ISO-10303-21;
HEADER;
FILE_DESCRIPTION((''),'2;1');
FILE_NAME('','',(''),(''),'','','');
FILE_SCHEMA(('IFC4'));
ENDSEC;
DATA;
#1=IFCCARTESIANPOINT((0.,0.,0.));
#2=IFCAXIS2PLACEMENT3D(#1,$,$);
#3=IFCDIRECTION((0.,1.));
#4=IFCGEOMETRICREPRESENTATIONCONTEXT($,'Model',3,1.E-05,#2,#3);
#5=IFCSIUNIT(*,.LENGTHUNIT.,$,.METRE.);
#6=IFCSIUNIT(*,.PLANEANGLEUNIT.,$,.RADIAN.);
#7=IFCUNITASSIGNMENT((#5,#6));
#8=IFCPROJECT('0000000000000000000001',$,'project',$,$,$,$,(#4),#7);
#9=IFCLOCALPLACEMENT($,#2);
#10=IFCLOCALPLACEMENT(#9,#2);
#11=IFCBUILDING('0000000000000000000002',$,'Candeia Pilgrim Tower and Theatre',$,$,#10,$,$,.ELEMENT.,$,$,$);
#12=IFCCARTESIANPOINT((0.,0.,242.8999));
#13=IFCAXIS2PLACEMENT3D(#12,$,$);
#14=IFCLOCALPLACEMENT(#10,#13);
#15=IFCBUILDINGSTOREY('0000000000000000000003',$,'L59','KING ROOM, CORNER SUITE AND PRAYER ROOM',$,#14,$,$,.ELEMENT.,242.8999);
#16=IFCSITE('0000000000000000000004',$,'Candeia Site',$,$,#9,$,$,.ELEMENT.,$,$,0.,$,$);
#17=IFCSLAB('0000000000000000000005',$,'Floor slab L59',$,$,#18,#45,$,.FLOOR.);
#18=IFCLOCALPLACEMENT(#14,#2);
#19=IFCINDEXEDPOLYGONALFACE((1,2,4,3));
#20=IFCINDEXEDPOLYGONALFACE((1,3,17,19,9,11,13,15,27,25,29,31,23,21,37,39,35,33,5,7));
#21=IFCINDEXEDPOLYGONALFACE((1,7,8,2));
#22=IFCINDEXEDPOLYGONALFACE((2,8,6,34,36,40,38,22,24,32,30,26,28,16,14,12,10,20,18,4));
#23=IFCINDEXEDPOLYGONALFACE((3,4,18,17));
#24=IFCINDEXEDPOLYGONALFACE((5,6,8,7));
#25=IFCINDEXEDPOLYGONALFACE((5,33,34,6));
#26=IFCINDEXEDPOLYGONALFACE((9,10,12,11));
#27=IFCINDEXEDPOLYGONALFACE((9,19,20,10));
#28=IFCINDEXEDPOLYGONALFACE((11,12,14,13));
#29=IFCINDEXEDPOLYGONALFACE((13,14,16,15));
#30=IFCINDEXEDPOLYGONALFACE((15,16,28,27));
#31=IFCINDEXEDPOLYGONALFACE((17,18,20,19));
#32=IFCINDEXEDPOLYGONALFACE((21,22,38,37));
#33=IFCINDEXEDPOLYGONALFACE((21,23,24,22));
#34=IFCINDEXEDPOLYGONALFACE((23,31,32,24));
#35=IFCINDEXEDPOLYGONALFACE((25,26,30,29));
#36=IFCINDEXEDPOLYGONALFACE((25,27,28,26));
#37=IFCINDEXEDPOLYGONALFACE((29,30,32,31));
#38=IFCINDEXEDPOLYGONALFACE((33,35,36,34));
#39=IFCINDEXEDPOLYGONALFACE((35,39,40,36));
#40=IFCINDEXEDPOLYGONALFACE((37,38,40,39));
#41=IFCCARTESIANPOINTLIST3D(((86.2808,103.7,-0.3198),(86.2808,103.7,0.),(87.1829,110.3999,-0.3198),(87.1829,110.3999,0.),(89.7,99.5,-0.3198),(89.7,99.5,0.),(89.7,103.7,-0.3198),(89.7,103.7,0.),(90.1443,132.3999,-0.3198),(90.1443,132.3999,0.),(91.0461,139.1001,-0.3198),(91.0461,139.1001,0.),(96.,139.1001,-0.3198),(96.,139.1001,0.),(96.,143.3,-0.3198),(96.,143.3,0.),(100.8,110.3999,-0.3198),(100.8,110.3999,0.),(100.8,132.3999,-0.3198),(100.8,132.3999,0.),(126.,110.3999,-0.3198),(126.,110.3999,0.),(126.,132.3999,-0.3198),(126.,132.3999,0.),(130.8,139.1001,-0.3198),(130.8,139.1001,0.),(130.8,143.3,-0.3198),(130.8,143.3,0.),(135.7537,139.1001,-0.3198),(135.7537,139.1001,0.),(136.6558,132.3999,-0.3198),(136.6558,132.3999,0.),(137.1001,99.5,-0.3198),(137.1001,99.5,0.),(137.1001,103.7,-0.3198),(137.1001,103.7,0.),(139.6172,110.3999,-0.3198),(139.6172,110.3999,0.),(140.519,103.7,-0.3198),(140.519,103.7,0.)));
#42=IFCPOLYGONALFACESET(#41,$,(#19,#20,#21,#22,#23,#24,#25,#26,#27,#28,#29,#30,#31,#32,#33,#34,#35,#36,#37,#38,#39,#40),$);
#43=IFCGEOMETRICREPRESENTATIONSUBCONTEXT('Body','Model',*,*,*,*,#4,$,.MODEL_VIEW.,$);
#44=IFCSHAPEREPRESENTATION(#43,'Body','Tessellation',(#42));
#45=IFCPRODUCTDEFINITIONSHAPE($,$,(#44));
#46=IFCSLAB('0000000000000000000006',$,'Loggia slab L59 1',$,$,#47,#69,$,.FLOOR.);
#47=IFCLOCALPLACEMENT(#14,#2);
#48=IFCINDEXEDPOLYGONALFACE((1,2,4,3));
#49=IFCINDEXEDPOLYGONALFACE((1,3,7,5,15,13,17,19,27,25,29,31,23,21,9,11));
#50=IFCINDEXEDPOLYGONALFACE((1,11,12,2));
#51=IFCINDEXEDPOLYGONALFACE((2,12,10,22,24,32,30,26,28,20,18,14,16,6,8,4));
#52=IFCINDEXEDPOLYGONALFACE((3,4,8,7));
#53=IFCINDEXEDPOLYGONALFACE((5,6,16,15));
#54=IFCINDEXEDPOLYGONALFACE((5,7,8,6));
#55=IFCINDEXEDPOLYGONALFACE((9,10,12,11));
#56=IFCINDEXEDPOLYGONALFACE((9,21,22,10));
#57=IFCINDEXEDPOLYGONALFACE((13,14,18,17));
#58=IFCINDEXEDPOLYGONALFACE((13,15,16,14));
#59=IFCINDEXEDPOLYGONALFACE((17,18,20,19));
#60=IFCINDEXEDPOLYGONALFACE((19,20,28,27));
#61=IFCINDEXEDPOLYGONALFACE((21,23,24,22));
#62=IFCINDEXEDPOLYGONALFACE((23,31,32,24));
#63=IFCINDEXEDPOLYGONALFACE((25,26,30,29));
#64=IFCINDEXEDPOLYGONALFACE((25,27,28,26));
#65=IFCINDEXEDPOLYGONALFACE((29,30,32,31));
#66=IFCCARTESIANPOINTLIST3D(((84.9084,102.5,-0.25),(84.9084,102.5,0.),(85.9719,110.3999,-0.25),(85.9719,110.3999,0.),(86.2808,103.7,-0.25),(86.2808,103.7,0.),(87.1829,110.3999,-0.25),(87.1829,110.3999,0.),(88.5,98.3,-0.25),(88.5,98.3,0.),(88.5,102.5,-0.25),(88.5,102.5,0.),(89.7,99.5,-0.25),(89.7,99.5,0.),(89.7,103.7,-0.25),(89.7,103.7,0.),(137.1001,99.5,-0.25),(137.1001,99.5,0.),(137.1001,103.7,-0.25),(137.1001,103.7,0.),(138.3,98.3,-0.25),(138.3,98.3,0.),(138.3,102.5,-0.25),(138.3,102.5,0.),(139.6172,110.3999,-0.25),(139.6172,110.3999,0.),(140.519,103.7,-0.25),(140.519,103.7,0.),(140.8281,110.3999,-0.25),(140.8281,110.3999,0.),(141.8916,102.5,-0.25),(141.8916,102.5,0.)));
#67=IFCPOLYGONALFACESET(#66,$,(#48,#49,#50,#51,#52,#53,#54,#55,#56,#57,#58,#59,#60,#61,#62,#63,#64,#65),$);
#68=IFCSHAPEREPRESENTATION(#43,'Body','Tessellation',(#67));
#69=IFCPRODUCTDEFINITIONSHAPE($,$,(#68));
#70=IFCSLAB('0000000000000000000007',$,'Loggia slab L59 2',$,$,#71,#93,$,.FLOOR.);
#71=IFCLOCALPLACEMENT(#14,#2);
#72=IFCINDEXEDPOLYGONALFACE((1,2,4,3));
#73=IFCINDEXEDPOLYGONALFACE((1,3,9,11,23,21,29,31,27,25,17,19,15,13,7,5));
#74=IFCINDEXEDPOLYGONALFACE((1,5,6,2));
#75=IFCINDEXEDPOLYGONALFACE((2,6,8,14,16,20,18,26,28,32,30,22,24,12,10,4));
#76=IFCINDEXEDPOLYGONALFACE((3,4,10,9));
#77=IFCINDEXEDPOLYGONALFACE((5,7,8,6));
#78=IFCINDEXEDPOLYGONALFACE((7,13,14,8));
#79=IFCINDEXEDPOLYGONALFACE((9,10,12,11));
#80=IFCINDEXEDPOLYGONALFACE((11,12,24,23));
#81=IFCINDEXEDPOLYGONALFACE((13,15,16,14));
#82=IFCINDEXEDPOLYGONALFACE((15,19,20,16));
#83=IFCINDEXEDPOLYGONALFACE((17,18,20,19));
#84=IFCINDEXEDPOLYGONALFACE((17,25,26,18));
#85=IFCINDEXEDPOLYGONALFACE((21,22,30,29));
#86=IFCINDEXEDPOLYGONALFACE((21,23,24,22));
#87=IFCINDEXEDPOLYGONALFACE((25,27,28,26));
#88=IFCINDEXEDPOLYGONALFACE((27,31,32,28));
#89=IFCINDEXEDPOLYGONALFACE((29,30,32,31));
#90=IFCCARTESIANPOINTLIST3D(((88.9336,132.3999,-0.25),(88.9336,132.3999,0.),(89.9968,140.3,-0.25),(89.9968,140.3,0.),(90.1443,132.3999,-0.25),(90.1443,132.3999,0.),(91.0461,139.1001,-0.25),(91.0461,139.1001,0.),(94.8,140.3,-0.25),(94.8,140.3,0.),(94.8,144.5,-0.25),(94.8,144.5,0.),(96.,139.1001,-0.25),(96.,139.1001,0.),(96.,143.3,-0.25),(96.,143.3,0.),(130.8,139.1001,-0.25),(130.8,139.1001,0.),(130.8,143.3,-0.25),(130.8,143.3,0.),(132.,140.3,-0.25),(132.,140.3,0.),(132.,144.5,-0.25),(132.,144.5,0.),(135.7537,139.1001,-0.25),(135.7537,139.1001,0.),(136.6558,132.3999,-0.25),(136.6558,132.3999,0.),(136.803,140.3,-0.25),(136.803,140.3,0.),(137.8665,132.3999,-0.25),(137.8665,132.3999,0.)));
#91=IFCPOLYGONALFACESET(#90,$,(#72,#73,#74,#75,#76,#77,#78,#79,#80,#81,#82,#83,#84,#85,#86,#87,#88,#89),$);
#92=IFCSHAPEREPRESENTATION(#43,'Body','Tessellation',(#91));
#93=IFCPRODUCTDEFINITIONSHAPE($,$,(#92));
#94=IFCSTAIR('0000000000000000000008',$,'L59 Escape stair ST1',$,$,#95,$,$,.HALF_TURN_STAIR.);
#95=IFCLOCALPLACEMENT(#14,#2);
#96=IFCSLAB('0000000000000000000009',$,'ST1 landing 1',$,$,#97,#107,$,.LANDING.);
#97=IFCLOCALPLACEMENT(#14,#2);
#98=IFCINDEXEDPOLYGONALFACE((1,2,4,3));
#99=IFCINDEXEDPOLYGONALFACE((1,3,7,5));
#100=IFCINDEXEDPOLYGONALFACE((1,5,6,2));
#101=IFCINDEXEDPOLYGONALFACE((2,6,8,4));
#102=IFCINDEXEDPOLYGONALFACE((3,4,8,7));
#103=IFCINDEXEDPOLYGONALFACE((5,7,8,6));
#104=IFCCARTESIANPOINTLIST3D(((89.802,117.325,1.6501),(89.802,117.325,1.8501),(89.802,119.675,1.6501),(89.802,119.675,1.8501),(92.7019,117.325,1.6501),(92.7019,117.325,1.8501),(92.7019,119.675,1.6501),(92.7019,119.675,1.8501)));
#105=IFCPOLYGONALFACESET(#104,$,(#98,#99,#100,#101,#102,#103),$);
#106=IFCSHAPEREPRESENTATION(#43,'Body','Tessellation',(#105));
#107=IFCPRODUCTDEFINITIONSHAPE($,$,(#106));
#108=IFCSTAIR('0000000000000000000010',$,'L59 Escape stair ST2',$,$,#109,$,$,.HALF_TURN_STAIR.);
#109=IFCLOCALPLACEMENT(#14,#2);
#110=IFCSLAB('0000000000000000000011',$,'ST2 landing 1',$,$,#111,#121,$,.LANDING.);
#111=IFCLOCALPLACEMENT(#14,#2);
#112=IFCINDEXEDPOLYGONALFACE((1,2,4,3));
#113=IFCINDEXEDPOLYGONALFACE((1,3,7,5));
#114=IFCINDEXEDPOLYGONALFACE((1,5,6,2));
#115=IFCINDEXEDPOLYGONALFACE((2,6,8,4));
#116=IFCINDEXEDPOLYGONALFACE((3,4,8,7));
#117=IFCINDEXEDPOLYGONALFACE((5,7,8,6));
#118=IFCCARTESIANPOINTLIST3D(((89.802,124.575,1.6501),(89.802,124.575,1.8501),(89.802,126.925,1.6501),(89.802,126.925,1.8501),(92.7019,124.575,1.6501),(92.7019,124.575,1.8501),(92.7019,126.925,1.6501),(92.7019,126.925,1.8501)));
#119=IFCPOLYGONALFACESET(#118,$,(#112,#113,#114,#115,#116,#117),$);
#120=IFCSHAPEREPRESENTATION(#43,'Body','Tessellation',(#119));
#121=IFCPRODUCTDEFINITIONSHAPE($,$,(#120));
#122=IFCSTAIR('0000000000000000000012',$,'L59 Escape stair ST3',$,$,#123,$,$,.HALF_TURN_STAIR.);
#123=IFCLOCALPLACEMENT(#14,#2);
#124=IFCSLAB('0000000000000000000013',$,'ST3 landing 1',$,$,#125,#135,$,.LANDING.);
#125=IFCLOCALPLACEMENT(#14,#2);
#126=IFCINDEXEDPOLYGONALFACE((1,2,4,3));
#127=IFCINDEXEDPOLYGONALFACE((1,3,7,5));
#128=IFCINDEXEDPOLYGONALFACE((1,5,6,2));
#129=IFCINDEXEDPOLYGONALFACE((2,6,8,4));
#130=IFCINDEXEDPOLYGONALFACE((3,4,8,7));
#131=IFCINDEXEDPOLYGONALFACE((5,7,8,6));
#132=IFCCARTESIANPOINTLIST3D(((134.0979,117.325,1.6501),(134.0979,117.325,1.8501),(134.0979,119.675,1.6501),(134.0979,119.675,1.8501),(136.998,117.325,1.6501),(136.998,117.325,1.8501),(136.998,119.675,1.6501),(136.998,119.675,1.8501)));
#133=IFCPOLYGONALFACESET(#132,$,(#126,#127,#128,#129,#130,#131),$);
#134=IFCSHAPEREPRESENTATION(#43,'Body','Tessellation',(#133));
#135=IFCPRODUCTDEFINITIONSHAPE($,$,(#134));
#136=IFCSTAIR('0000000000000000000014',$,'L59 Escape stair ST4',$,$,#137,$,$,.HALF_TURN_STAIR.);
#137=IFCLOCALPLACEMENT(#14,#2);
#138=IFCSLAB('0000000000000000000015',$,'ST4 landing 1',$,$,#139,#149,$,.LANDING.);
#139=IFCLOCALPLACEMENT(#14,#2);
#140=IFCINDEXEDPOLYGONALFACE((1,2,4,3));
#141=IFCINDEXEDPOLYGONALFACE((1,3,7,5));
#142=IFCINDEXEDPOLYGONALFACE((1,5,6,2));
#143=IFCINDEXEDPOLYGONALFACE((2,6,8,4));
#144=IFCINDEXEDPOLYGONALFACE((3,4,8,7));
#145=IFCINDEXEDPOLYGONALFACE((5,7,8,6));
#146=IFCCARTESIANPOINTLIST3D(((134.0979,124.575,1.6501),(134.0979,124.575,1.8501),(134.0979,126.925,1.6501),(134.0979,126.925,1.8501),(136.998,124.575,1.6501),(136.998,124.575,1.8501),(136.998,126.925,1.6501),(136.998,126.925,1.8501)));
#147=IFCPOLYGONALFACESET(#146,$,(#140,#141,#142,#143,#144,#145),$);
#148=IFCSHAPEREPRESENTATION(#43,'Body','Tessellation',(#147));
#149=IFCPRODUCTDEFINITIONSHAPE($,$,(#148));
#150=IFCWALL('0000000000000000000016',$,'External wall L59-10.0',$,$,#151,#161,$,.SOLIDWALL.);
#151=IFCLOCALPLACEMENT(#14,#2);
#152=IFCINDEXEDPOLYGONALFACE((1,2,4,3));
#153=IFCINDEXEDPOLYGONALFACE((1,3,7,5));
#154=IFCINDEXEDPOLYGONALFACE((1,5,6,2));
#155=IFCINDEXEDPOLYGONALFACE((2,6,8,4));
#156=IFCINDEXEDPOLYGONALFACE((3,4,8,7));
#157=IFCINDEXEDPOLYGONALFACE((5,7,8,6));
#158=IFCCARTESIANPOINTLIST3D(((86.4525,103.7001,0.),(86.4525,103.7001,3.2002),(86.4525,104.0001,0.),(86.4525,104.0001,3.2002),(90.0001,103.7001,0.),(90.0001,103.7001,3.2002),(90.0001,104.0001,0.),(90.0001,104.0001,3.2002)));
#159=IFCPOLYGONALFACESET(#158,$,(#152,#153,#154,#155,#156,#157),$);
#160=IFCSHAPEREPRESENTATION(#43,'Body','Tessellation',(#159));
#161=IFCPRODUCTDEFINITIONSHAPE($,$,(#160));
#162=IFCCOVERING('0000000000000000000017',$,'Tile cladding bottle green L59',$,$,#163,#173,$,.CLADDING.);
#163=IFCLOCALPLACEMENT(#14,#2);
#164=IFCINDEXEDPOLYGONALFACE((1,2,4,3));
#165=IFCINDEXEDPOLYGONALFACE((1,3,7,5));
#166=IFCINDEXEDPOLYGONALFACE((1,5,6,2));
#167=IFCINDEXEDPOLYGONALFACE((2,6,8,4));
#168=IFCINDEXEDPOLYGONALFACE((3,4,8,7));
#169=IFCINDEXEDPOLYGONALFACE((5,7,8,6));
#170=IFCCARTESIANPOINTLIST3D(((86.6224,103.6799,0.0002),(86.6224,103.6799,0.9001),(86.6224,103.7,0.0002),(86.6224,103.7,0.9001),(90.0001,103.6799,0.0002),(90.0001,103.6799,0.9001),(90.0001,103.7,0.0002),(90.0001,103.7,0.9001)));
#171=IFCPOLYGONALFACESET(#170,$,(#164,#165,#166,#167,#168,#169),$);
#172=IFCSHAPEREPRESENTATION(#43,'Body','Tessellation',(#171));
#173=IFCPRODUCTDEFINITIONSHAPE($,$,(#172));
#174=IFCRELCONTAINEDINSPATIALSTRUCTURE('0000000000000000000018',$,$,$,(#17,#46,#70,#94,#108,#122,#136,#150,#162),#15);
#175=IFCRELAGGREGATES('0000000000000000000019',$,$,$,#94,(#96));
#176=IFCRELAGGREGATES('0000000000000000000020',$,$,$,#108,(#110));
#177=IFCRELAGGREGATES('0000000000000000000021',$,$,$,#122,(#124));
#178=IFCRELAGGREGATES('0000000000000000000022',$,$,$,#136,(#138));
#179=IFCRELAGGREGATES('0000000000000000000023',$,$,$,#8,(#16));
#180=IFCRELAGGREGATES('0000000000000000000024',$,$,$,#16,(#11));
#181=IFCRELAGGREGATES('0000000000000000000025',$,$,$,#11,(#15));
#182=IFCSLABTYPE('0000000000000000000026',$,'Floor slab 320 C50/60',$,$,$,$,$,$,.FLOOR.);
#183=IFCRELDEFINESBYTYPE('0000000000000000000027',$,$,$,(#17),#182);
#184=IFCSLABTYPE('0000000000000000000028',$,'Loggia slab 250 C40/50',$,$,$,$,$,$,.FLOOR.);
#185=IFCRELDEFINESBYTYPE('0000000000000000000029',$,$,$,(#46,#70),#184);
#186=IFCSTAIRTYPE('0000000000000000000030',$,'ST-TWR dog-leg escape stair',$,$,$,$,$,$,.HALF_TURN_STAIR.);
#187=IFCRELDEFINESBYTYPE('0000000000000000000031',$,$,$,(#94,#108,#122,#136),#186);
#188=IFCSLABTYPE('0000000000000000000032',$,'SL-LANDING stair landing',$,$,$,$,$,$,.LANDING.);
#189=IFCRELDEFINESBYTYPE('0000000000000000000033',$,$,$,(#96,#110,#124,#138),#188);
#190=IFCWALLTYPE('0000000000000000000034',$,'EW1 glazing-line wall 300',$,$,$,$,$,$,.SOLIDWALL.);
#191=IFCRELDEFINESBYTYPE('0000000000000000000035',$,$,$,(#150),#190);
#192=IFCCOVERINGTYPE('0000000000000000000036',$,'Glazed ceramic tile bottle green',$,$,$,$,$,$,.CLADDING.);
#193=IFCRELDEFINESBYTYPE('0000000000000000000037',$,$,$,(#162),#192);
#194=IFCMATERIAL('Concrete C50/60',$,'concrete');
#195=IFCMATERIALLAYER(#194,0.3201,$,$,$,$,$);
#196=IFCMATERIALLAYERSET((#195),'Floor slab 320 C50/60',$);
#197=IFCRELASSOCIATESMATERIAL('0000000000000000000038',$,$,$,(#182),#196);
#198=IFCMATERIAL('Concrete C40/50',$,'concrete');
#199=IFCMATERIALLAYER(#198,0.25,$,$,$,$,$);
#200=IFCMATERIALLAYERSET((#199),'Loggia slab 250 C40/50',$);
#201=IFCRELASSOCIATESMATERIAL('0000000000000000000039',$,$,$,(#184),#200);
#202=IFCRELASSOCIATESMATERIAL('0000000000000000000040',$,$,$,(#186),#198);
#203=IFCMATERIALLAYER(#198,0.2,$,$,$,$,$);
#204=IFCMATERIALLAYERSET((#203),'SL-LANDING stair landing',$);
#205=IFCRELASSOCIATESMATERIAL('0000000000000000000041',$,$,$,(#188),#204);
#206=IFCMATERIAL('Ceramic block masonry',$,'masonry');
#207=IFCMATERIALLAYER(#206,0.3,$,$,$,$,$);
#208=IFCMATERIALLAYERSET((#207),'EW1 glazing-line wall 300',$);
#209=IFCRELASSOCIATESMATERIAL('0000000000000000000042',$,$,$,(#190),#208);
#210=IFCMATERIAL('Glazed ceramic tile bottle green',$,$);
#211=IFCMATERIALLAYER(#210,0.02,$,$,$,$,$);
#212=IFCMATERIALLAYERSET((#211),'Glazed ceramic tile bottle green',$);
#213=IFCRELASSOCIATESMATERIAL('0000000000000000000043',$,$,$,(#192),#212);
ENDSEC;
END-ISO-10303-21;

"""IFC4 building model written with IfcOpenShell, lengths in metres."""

from ifc_helpers import new_model, si_unit, direction, frame, frame_2d, origin, origin_2d, place, context, subcontext, project, spatial, polyline, rectangle, outline, extrude, material, layer, layer_set, type_object, element, aggregate, save


model = new_model("IFC4")

# Units and contexts
model_context = context("Model", 3, precision=1e-05, world=origin(), true_north=direction((0.0, 1.0)))
body_context = subcontext(model_context, "Body", "Model", "MODEL_VIEW")
ifc_project = project(units=[si_unit("LENGTHUNIT", "METRE"), si_unit("PLANEANGLEUNIT", "RADIAN")], contexts=[model_context])

# Site, building, storey
site_placement = place(None, origin())
site = spatial("IfcSite", under=ifc_project, at=site_placement, Name="Candeia Site", CompositionType="ELEMENT", RefElevation=0.0)
building_placement = place(site_placement, origin())
building = spatial("IfcBuilding", under=site, at=building_placement, Name="Candeia Pilgrim Tower and Theatre", CompositionType="ELEMENT")
storey_placement = place(building_placement, frame((0.0, 0.0, 242.8999)))
storey = spatial("IfcBuildingStorey", under=building, at=storey_placement, Name="L59", Description="KING ROOM, CORNER SUITE AND PRAYER ROOM", CompositionType="ELEMENT", Elevation=242.8999)

# Shared definitions
ifc_material_1 = material(Name="Concrete C50/60", Category="concrete")

# Slabs
ifc_material_2 = material(Name="Concrete C40/50", Category="concrete")
ifc_layer_1 = layer(ifc_material_1, 0.3201)
ifc_layer_set_1 = layer_set([ifc_layer_1], Name="Floor slab 320 C50/60")
slab_type_1 = type_object("IfcSlabType", Name="Floor slab 320 C50/60", PredefinedType="FLOOR", material=ifc_layer_set_1)
slab_1_placement = place(storey_placement, frame((0.0, 0.0, -0.3198)))
element("IfcSlab", 1, at=slab_1_placement, inside=storey, type_object=slab_type_1, Name="Floor slab L59", PredefinedType="FLOOR", context=body_context, shape_type="SweptSolid", body=[
    extrude(outline(polyline([(96.0, 139.1001), (96.0, 143.3), (130.8, 143.3), (130.8, 139.1001), (135.7537, 139.1001), (136.6558, 132.3999), (126.0, 132.3999), (126.0, 110.3999), (139.6172, 110.3999), (140.519, 103.7), (137.1001, 103.7), (137.1001, 99.5), (89.7, 99.5), (89.7, 103.7), (86.2808, 103.7), (87.1829, 110.3999), (100.8, 110.3999), (100.8, 132.3999), (90.1443, 132.3999), (91.0461, 139.1001), (96.0, 139.1001)])), origin(), (0.0, 0.0, 1.0), 0.3198),
])
ifc_layer_2 = layer(ifc_material_2, 0.25)
ifc_layer_set_2 = layer_set([ifc_layer_2], Name="Loggia slab 250 C40/50")
slab_type_2 = type_object("IfcSlabType", Name="Loggia slab 250 C40/50", PredefinedType="FLOOR", material=ifc_layer_set_2)
slab_2_placement = place(storey_placement, frame((0.0, 0.0, -0.25)))
element("IfcSlab", 2, at=slab_2_placement, inside=storey, type_object=slab_type_2, Name="Loggia slab L59 1", PredefinedType="FLOOR", context=body_context, shape_type="SweptSolid", body=[
    extrude(outline(polyline([(87.1829, 110.3999), (86.2808, 103.7), (89.7, 103.7), (89.7, 99.5), (137.1001, 99.5), (137.1001, 103.7), (140.519, 103.7), (139.6172, 110.3999), (140.8281, 110.3999), (141.8916, 102.5), (138.3, 102.5), (138.3, 98.3), (88.5, 98.3), (88.5, 102.5), (84.9084, 102.5), (85.9719, 110.3999), (87.1829, 110.3999)])), origin(), (0.0, 0.0, 1.0), 0.25),
])
slab_3_placement = place(storey_placement, frame((0.0, 0.0, -0.25)))
element("IfcSlab", 3, at=slab_3_placement, inside=storey, type_object=slab_type_2, Name="Loggia slab L59 2", PredefinedType="FLOOR", context=body_context, shape_type="SweptSolid", body=[
    extrude(outline(polyline([(136.6558, 132.3999), (135.7537, 139.1001), (130.8, 139.1001), (130.8, 143.3), (96.0, 143.3), (96.0, 139.1001), (91.0461, 139.1001), (90.1443, 132.3999), (88.9336, 132.3999), (89.9968, 140.3), (94.8, 140.3), (94.8, 144.5), (132.0, 144.5), (132.0, 140.3), (136.803, 140.3), (137.8665, 132.3999), (136.6558, 132.3999)])), origin(), (0.0, 0.0, 1.0), 0.25),
])

# Stairs, slabs
stair_type = type_object("IfcStairType", Name="ST-TWR dog-leg escape stair", PredefinedType="HALF_TURN_STAIR", material=ifc_material_2)
stair_1_placement = place(storey_placement, origin())
stair_1 = element("IfcStair", 4, at=stair_1_placement, inside=storey, type_object=stair_type, Name="L59 Escape stair ST1", PredefinedType="HALF_TURN_STAIR")
ifc_layer_3 = layer(ifc_material_2, 0.2)
ifc_layer_set_3 = layer_set([ifc_layer_3], Name="SL-LANDING stair landing")
slab_type_3 = type_object("IfcSlabType", Name="SL-LANDING stair landing", PredefinedType="LANDING", material=ifc_layer_set_3)
slab_4_placement = place(storey_placement, frame((0.0, 0.0, 1.6501)))
slab_4 = element("IfcSlab", 5, at=slab_4_placement, type_object=slab_type_3, Name="ST1 landing 1", PredefinedType="LANDING", context=body_context, shape_type="SweptSolid", body=[
    extrude(outline(polyline([(89.802, 119.675), (89.802, 117.325), (92.7019, 117.325), (92.7019, 119.675), (89.802, 119.675)])), origin(), (0.0, 0.0, 1.0), 0.2),
])
aggregate(stair_1, [slab_4])
stair_2_placement = place(storey_placement, origin())
stair_2 = element("IfcStair", 6, at=stair_2_placement, inside=storey, type_object=stair_type, Name="L59 Escape stair ST2", PredefinedType="HALF_TURN_STAIR")
slab_5_placement = place(storey_placement, frame((0.0, 0.0, 1.6501)))
slab_5 = element("IfcSlab", 7, at=slab_5_placement, type_object=slab_type_3, Name="ST2 landing 1", PredefinedType="LANDING", context=body_context, shape_type="SweptSolid", body=[
    extrude(outline(polyline([(89.802, 126.925), (89.802, 124.575), (92.7019, 124.575), (92.7019, 126.925), (89.802, 126.925)])), origin(), (0.0, 0.0, 1.0), 0.2),
])
aggregate(stair_2, [slab_5])
stair_3_placement = place(storey_placement, origin())
stair_3 = element("IfcStair", 8, at=stair_3_placement, inside=storey, type_object=stair_type, Name="L59 Escape stair ST3", PredefinedType="HALF_TURN_STAIR")
slab_6_placement = place(storey_placement, frame((0.0, 0.0, 1.6501)))
slab_6 = element("IfcSlab", 9, at=slab_6_placement, type_object=slab_type_3, Name="ST3 landing 1", PredefinedType="LANDING", context=body_context, shape_type="SweptSolid", body=[
    extrude(outline(polyline([(134.0979, 119.675), (134.0979, 117.325), (136.998, 117.325), (136.998, 119.675), (134.0979, 119.675)])), origin(), (0.0, 0.0, 1.0), 0.2),
])
aggregate(stair_3, [slab_6])
stair_4_placement = place(storey_placement, origin())
stair_4 = element("IfcStair", 10, at=stair_4_placement, inside=storey, type_object=stair_type, Name="L59 Escape stair ST4", PredefinedType="HALF_TURN_STAIR")
slab_7_placement = place(storey_placement, frame((0.0, 0.0, 1.6501)))
slab_7 = element("IfcSlab", 11, at=slab_7_placement, type_object=slab_type_3, Name="ST4 landing 1", PredefinedType="LANDING", context=body_context, shape_type="SweptSolid", body=[
    extrude(outline(polyline([(134.0979, 126.925), (134.0979, 124.575), (136.998, 124.575), (136.998, 126.925), (134.0979, 126.925)])), origin(), (0.0, 0.0, 1.0), 0.2),
])
aggregate(stair_4, [slab_7])

# Wall
ifc_material_3 = material(Name="Ceramic block masonry", Category="masonry")
ifc_layer_4 = layer(ifc_material_3, 0.3)
ifc_layer_set_4 = layer_set([ifc_layer_4], Name="EW1 glazing-line wall 300")
wall_type = type_object("IfcWallType", Name="EW1 glazing-line wall 300", PredefinedType="SOLIDWALL", material=ifc_layer_set_4)
wall_placement = place(storey_placement, frame((86.4524, 103.8501, 0.0), z_axis=(0.0, 0.0, 1.0), x_axis=(1.0, 0.0, 0.0)))
element("IfcWall", 12, at=wall_placement, inside=storey, type_object=wall_type, Name="External wall L59-10.0", PredefinedType="SOLIDWALL", context=body_context, shape_type="SweptSolid", body=[
    extrude(rectangle(XDim=3.5476, YDim=0.3, at=frame_2d((1.7739, 0.0))), origin(), (0.0, 0.0, 1.0), 3.2002),
])

# Covering
ifc_material_4 = material(Name="Glazed ceramic tile bottle green")
ifc_layer_5 = layer(ifc_material_4, 0.02)
ifc_layer_set_5 = layer_set([ifc_layer_5], Name="Glazed ceramic tile bottle green")
covering_type = type_object("IfcCoveringType", Name="Glazed ceramic tile bottle green", PredefinedType="CLADDING", material=ifc_layer_set_5)
covering_placement = place(storey_placement, frame((88.3113, 103.6899, 0.0002), z_axis=(0.0, 0.0, 1.0), x_axis=(1.0, 0.0, 0.0)))
element("IfcCovering", 13, at=covering_placement, inside=storey, type_object=covering_type, Name="Tile cladding bottle green L59", PredefinedType="CLADDING", context=body_context, shape_type="SweptSolid", body=[
    extrude(rectangle(XDim=3.3777, YDim=0.02, at=origin_2d()), origin(), (0.0, 0.0, 1.0), 0.8999),
])

save(model, "model.ifc")
